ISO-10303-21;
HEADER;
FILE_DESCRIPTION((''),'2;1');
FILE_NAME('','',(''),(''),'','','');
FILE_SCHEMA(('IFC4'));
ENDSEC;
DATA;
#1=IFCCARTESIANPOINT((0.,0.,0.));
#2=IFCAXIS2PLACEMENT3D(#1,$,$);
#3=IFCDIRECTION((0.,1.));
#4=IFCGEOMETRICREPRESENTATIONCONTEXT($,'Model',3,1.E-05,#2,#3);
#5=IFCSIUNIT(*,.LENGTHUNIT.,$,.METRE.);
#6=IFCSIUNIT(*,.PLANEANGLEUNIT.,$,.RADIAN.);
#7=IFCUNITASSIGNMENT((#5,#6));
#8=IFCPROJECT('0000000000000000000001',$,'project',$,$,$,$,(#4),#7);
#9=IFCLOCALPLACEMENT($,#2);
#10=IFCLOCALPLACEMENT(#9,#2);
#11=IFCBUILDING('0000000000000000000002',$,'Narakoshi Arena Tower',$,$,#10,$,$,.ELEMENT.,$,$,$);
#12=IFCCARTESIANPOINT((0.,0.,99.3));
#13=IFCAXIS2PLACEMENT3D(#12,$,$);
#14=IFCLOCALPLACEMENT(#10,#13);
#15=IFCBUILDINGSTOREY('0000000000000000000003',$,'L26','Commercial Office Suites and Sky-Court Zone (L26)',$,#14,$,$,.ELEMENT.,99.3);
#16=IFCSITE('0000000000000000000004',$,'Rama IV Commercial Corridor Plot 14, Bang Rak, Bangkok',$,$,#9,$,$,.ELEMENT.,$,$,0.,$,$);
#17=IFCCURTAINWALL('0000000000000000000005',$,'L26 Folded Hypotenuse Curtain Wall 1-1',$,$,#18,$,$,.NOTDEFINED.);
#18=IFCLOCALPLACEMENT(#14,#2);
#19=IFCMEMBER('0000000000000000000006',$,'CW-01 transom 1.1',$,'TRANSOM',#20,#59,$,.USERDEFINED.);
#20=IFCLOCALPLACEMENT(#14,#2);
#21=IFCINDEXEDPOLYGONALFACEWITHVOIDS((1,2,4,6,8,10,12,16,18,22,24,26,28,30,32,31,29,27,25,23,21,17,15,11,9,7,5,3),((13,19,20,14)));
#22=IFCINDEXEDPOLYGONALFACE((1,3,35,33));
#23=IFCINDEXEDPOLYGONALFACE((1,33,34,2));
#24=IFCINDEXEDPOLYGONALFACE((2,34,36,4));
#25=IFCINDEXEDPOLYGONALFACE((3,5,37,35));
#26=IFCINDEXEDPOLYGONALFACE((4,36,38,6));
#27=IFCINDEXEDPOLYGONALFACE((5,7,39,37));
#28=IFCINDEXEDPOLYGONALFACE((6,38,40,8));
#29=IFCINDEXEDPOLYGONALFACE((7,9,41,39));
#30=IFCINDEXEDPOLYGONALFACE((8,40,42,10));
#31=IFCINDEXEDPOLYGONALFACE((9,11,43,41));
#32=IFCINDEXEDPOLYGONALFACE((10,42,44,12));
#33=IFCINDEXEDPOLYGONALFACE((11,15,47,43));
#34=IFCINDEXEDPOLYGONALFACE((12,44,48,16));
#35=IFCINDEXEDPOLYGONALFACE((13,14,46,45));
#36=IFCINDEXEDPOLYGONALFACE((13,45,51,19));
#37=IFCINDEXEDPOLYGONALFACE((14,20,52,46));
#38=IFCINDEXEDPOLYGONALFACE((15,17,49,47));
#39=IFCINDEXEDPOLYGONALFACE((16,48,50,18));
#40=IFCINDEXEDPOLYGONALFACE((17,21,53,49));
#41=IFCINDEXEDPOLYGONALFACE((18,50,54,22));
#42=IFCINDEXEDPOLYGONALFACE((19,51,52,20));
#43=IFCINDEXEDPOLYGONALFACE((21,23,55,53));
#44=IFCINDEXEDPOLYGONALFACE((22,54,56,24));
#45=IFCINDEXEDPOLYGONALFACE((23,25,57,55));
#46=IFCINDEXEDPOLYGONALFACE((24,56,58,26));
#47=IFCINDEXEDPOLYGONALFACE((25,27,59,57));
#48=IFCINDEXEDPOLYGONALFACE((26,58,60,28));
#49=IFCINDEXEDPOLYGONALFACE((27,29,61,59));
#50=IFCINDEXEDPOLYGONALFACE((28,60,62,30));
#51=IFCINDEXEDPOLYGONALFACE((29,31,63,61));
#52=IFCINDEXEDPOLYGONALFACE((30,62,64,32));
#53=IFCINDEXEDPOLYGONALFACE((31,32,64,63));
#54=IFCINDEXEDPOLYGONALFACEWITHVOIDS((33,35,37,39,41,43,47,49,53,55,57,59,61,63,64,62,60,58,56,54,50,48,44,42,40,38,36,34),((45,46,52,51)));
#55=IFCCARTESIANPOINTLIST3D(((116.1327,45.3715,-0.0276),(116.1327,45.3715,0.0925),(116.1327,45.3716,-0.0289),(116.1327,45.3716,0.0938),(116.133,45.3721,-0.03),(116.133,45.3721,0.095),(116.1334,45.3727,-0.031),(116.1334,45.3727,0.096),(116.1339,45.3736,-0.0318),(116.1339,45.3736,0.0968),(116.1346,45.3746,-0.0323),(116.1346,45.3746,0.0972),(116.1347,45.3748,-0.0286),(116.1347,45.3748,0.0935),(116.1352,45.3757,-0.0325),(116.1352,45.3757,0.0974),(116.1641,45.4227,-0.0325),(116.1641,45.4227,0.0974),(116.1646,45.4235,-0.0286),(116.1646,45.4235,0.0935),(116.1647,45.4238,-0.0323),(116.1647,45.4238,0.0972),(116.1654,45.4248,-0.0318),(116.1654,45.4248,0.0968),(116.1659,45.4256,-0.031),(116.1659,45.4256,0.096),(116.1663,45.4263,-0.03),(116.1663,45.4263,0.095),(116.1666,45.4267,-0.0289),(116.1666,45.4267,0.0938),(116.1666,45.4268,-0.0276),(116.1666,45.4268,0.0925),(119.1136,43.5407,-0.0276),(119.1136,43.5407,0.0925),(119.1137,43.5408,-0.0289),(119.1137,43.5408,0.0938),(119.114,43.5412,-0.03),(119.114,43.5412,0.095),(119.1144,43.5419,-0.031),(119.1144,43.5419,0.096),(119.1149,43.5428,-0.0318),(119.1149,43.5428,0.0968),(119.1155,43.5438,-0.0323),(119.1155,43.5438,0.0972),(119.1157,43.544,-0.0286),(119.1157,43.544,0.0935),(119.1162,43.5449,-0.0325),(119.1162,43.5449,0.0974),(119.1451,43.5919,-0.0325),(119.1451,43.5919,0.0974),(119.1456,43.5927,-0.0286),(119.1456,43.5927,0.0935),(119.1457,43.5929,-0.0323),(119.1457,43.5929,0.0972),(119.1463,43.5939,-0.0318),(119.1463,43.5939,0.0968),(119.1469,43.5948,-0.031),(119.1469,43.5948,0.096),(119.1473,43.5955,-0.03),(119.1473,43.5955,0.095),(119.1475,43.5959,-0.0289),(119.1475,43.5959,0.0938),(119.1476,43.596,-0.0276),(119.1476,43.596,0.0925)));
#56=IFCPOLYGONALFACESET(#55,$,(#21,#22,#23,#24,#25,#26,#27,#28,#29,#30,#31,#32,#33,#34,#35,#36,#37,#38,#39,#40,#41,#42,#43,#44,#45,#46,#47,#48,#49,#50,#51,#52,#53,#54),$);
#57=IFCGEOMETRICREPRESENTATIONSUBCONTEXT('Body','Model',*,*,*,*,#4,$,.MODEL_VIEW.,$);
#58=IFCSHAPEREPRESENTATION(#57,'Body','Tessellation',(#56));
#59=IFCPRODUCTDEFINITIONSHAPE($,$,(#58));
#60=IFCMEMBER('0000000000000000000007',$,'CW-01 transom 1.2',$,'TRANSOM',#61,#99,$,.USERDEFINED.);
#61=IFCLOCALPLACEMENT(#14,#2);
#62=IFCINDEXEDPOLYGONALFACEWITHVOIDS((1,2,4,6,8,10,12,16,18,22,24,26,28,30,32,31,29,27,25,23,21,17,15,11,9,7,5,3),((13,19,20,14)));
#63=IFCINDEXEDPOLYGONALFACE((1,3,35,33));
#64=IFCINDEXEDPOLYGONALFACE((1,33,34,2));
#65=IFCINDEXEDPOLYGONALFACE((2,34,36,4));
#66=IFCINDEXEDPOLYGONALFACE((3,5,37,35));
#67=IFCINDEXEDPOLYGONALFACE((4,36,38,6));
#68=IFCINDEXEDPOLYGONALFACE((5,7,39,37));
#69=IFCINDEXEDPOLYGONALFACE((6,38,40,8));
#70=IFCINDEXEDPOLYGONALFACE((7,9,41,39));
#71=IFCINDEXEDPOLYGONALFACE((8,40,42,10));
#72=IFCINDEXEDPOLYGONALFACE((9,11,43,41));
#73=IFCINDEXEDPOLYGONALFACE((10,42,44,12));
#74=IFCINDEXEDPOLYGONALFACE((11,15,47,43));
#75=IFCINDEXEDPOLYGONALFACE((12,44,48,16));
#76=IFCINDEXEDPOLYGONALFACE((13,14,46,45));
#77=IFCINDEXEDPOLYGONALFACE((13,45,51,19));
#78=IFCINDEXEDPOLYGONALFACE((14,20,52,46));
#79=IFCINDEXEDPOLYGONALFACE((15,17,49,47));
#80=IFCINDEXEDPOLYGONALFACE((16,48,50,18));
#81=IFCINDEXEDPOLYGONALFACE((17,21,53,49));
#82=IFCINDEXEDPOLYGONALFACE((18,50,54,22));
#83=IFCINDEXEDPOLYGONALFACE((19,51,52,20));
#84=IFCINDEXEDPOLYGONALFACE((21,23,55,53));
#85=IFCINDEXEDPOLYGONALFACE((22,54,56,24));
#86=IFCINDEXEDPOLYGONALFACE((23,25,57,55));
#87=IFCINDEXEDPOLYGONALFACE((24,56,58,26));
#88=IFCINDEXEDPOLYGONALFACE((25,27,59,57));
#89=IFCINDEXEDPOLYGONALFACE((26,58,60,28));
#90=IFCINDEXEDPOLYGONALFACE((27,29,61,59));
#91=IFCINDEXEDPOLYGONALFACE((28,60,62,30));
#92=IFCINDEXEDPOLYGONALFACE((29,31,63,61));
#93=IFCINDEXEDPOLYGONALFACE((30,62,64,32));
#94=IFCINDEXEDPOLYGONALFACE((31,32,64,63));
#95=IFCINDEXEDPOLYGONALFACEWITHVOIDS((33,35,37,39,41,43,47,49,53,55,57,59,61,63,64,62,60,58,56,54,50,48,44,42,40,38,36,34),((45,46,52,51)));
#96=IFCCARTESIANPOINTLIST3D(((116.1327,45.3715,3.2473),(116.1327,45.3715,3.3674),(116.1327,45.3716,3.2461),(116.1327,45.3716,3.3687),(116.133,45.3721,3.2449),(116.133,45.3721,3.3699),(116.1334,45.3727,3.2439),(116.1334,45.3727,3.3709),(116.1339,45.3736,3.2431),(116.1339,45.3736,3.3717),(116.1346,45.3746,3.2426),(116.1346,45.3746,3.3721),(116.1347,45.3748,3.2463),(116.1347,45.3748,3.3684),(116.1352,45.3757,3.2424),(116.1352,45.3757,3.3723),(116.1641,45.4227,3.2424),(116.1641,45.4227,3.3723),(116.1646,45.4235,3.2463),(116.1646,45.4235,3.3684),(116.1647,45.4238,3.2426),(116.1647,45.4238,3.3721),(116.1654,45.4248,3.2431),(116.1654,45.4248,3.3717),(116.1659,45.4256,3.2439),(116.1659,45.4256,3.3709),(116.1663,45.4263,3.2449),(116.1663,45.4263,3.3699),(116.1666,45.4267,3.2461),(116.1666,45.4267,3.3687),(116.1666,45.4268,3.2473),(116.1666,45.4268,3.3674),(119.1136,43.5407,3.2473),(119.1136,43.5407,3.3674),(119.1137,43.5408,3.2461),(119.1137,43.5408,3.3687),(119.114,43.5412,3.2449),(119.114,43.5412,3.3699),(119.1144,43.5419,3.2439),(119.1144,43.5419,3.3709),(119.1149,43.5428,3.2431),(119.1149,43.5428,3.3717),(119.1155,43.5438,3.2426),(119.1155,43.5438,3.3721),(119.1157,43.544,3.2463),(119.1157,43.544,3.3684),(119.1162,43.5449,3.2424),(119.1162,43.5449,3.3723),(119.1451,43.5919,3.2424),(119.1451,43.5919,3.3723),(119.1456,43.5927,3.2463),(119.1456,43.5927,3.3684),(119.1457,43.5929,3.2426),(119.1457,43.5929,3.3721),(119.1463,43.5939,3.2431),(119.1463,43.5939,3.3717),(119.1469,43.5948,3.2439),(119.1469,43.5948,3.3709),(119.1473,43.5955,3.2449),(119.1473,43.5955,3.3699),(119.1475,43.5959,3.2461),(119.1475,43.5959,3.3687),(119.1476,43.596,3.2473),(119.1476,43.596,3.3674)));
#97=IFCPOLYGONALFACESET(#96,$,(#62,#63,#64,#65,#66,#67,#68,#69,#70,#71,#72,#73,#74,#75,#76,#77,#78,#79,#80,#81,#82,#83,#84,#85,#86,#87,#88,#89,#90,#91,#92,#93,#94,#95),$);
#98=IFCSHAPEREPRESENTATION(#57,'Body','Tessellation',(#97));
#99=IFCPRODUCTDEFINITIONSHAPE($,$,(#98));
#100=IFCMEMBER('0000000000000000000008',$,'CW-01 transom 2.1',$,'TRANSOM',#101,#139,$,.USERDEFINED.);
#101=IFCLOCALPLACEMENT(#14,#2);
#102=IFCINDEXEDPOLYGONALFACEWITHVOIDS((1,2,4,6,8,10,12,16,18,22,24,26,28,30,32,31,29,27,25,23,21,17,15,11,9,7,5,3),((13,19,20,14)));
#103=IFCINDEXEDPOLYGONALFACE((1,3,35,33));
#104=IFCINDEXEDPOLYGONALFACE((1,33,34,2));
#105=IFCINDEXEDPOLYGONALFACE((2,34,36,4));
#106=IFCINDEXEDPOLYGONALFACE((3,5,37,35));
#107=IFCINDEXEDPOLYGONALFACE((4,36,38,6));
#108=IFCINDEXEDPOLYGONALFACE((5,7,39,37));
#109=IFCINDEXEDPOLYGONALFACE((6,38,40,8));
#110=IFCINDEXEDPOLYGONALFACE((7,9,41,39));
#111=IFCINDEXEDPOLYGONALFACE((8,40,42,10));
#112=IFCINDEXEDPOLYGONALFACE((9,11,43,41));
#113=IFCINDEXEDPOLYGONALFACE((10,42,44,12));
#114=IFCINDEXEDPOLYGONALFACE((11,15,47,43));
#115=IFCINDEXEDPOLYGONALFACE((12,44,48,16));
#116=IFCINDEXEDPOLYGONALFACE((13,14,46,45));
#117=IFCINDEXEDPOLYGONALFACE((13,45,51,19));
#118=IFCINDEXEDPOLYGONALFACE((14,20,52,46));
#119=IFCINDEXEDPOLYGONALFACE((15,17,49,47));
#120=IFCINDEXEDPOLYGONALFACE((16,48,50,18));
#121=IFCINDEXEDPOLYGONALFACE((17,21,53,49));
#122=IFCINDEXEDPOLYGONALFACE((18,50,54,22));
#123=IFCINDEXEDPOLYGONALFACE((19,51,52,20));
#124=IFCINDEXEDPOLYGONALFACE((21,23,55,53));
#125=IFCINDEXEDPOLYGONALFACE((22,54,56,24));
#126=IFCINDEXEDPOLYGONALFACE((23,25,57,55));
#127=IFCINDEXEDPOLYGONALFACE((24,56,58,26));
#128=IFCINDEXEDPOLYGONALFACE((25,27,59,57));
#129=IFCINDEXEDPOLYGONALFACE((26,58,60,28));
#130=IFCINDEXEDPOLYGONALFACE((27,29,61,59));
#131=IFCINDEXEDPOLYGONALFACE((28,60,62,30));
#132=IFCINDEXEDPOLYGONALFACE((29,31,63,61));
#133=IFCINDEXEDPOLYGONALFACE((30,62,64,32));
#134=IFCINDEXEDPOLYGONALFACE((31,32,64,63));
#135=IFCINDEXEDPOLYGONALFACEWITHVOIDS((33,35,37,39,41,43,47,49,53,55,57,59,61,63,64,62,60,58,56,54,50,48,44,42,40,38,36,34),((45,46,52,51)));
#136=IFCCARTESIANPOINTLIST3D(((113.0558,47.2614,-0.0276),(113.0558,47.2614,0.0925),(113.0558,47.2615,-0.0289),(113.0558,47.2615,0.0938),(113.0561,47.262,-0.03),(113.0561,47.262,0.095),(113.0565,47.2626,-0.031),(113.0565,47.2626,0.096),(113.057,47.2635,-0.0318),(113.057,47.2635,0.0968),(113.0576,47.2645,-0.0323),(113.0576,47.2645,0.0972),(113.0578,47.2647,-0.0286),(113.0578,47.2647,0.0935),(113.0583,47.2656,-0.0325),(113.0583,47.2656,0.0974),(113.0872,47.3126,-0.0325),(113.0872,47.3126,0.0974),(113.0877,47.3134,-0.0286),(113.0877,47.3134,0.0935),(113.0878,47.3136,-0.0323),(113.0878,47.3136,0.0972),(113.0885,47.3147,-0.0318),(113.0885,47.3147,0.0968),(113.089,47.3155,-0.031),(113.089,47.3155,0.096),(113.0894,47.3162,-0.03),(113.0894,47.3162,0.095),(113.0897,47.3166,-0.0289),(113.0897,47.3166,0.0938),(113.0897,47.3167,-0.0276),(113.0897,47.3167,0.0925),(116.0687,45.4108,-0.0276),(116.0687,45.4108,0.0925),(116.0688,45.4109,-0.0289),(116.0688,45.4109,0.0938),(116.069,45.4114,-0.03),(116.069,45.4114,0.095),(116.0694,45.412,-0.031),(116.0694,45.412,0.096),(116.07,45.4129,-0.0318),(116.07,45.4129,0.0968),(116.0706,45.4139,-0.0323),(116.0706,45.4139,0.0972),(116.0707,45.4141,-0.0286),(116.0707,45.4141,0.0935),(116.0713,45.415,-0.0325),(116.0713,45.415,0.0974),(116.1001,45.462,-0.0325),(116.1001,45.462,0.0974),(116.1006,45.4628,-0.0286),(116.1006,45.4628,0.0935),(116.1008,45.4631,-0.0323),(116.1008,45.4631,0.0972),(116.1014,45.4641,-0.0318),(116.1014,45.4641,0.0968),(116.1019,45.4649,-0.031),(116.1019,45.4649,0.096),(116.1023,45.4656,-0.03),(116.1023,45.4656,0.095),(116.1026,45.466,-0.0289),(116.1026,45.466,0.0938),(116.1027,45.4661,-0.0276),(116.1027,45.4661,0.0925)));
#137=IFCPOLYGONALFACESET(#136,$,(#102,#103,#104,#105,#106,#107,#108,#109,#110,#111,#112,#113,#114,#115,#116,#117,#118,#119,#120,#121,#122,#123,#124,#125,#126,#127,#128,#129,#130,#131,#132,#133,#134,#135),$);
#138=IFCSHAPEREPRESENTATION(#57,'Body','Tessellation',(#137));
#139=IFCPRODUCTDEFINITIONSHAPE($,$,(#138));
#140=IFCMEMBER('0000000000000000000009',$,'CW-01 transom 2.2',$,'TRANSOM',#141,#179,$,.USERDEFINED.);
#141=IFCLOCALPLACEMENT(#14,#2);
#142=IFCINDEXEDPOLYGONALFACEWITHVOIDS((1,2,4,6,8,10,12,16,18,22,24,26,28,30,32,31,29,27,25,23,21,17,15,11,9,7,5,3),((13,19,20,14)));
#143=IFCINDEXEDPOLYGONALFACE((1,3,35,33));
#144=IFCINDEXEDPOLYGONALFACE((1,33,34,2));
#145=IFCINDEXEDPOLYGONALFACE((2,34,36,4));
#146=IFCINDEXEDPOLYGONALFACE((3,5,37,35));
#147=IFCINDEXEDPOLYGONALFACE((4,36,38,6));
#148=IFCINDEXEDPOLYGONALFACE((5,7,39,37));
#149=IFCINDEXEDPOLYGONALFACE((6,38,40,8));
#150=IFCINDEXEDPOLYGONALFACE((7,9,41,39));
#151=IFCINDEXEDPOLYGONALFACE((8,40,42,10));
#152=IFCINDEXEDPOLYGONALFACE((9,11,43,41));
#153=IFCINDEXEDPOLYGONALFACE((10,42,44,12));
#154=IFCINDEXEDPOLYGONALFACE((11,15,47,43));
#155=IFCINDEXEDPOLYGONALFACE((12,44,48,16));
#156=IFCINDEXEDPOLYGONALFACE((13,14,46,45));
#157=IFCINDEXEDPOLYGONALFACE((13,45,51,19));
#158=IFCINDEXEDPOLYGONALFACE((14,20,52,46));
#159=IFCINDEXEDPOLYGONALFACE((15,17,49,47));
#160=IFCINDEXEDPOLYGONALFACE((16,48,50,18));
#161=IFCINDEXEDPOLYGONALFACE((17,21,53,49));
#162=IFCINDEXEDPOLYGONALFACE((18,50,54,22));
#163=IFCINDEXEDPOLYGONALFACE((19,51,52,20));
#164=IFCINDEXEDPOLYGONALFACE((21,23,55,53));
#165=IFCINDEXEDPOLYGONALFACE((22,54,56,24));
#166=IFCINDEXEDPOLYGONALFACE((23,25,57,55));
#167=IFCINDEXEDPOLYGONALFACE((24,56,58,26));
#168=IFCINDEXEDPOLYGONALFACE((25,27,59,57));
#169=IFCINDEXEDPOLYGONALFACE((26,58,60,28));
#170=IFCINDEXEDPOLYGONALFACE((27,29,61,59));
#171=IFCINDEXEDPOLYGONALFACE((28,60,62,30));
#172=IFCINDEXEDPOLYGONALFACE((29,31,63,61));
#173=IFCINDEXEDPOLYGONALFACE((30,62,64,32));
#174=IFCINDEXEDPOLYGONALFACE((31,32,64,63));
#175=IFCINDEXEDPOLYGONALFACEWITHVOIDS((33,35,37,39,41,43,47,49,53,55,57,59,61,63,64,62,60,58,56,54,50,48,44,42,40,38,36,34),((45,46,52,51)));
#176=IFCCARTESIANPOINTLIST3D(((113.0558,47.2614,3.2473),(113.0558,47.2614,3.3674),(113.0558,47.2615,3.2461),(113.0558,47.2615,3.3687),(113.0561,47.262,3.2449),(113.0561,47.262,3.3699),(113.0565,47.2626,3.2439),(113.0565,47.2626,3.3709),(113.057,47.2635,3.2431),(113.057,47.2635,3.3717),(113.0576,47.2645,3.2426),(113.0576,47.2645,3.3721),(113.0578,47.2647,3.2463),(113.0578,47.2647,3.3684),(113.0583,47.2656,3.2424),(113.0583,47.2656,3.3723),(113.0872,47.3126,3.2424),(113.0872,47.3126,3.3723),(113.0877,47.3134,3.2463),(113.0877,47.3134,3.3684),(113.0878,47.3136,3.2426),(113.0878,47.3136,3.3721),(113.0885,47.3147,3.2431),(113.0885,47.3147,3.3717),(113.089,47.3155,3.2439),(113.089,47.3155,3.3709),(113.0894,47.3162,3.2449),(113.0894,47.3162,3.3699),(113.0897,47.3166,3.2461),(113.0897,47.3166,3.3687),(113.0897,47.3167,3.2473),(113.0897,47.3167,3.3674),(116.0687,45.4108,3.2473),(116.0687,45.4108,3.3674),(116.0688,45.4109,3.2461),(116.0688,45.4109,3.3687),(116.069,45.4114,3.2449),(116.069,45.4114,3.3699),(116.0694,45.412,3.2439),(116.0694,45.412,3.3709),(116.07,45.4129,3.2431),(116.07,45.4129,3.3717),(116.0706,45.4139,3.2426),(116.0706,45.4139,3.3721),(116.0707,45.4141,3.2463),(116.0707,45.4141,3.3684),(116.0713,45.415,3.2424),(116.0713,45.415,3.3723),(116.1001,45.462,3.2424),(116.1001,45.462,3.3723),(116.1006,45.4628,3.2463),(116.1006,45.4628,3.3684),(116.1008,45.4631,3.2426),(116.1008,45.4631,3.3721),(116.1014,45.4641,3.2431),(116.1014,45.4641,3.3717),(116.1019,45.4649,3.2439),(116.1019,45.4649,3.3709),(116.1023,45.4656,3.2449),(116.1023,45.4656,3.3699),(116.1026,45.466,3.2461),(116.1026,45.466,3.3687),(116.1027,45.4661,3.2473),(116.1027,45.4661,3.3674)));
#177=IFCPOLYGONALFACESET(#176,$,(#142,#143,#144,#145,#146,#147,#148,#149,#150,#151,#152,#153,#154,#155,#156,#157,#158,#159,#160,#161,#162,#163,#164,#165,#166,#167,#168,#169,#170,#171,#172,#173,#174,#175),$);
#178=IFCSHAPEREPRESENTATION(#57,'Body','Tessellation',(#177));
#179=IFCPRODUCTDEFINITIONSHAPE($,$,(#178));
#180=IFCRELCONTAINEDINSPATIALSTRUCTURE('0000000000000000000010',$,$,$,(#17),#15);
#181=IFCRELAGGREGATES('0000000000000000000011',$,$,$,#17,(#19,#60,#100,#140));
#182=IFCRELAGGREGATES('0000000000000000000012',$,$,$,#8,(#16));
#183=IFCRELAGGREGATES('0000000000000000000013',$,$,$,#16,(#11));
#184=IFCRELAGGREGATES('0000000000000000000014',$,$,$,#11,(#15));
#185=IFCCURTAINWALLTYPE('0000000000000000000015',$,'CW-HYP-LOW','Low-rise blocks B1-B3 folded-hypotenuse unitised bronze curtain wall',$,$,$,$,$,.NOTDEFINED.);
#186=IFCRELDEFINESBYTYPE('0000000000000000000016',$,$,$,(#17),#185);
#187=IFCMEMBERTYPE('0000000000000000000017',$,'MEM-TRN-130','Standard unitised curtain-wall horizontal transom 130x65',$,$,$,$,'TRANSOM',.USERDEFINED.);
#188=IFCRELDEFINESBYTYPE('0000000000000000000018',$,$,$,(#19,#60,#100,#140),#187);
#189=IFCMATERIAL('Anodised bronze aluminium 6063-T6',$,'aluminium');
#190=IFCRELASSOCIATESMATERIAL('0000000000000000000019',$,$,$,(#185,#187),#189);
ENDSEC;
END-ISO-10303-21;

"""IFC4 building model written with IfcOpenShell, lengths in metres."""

from ifc_helpers import new_model, si_unit, direction, frame, origin, origin_2d, place, context, subcontext, project, spatial, hollow_rectangle, extrude, material, material_profile, profile_set, type_object, element, aggregate, save


model = new_model("IFC4")

# Units and contexts
model_context = context("Model", 3, precision=1e-05, world=origin(), true_north=direction((0.0, 1.0)))
body_context = subcontext(model_context, "Body", "Model", "MODEL_VIEW")
ifc_project = project(units=[si_unit("LENGTHUNIT", "METRE"), si_unit("PLANEANGLEUNIT", "RADIAN")], contexts=[model_context])

# Site, building, storey
site_placement = place(None, origin())
site = spatial("IfcSite", under=ifc_project, at=site_placement, Name="Rama IV Commercial Corridor Plot 14, Bang Rak, Bangkok", CompositionType="ELEMENT", RefElevation=0.0)
building_placement = place(site_placement, origin())
building = spatial("IfcBuilding", under=site, at=building_placement, Name="Narakoshi Arena Tower", CompositionType="ELEMENT")
storey_placement = place(building_placement, frame((0.0, 0.0, 99.3)))
storey = spatial("IfcBuildingStorey", under=building, at=storey_placement, Name="L26", Description="Commercial Office Suites and Sky-Court Zone (L26)", CompositionType="ELEMENT", Elevation=99.3)

# Curtain wall, members
ifc_material_1 = material(Name="Anodised bronze aluminium 6063-T6", Category="aluminium")
curtain_wall_type = type_object("IfcCurtainWallType", Name="CW-HYP-LOW", Description="Low-rise blocks B1-B3 folded-hypotenuse unitised bronze curtain wall", PredefinedType="NOTDEFINED", material=ifc_material_1)
curtain_wall_placement = place(storey_placement, origin())
curtain_wall = element("IfcCurtainWall", 1, at=curtain_wall_placement, inside=storey, type_object=curtain_wall_type, Name="L26 Folded Hypotenuse Curtain Wall 1-1", PredefinedType="NOTDEFINED")
ifc_material_profile_1 = material_profile(ifc_material_1, hollow_rectangle(XDim=0.0649, YDim=0.1299, WallThickness=0.0039, OuterFilletRadius=0.0049, at=origin_2d()), Name="TRN130x65x4")
ifc_profile_set_1 = profile_set([ifc_material_profile_1], Name="Anodised bronze aluminium 6063-T6")
member_type_1 = type_object("IfcMemberType", Name="MEM-TRN-130", Description="Standard unitised curtain-wall horizontal transom 130x65", ElementType="TRANSOM", PredefinedType="USERDEFINED", material=ifc_profile_set_1)
member_1_placement = place(storey_placement, frame((119.1306, 43.5684, 0.0325), z_axis=(-0.85212, 0.523346, 0.0), x_axis=(-0.523346, -0.85212, 0.0)))
member_1 = element("IfcMember", 2, at=member_1_placement, type_object=member_type_1, Name="CW-01 transom 1.1", ObjectType="TRANSOM", PredefinedType="USERDEFINED", context=body_context, shape_type="SweptSolid", body=[
    extrude(hollow_rectangle(XDim=0.0649, YDim=0.1299, WallThickness=0.0039, OuterFilletRadius=0.0049, at=origin_2d()), origin(), (0.0, 0.0, 1.0), 3.4983),
])
member_2_placement = place(storey_placement, frame((119.1306, 43.5684, 3.3074), z_axis=(-0.85212, 0.523346, 0.0), x_axis=(-0.523346, -0.85212, 0.0)))
member_2 = element("IfcMember", 3, at=member_2_placement, type_object=member_type_1, Name="CW-01 transom 1.2", ObjectType="TRANSOM", PredefinedType="USERDEFINED", context=body_context, shape_type="SweptSolid", body=[
    extrude(hollow_rectangle(XDim=0.0649, YDim=0.1299, WallThickness=0.0039, OuterFilletRadius=0.0049, at=origin_2d()), origin(), (0.0, 0.0, 1.0), 3.4983),
])
member_3_placement = place(storey_placement, frame((116.0857, 45.4385, 0.0325), z_axis=(-0.852104, 0.523373, 0.0), x_axis=(-0.523373, -0.852104, 0.0)))
member_3 = element("IfcMember", 4, at=member_3_placement, type_object=member_type_1, Name="CW-01 transom 2.1", ObjectType="TRANSOM", PredefinedType="USERDEFINED", context=body_context, shape_type="SweptSolid", body=[
    extrude(hollow_rectangle(XDim=0.0649, YDim=0.1299, WallThickness=0.0039, OuterFilletRadius=0.0049, at=origin_2d()), origin(), (0.0, 0.0, 1.0), 3.5359),
])
member_4_placement = place(storey_placement, frame((116.0857, 45.4385, 3.3074), z_axis=(-0.852104, 0.523373, 0.0), x_axis=(-0.523373, -0.852104, 0.0)))
member_4 = element("IfcMember", 5, at=member_4_placement, type_object=member_type_1, Name="CW-01 transom 2.2", ObjectType="TRANSOM", PredefinedType="USERDEFINED", context=body_context, shape_type="SweptSolid", body=[
    extrude(hollow_rectangle(XDim=0.0649, YDim=0.1299, WallThickness=0.0039, OuterFilletRadius=0.0049, at=origin_2d()), origin(), (0.0, 0.0, 1.0), 3.5359),
])
aggregate(curtain_wall, [member_1, member_2, member_3, member_4])

save(model, "model.ifc")
